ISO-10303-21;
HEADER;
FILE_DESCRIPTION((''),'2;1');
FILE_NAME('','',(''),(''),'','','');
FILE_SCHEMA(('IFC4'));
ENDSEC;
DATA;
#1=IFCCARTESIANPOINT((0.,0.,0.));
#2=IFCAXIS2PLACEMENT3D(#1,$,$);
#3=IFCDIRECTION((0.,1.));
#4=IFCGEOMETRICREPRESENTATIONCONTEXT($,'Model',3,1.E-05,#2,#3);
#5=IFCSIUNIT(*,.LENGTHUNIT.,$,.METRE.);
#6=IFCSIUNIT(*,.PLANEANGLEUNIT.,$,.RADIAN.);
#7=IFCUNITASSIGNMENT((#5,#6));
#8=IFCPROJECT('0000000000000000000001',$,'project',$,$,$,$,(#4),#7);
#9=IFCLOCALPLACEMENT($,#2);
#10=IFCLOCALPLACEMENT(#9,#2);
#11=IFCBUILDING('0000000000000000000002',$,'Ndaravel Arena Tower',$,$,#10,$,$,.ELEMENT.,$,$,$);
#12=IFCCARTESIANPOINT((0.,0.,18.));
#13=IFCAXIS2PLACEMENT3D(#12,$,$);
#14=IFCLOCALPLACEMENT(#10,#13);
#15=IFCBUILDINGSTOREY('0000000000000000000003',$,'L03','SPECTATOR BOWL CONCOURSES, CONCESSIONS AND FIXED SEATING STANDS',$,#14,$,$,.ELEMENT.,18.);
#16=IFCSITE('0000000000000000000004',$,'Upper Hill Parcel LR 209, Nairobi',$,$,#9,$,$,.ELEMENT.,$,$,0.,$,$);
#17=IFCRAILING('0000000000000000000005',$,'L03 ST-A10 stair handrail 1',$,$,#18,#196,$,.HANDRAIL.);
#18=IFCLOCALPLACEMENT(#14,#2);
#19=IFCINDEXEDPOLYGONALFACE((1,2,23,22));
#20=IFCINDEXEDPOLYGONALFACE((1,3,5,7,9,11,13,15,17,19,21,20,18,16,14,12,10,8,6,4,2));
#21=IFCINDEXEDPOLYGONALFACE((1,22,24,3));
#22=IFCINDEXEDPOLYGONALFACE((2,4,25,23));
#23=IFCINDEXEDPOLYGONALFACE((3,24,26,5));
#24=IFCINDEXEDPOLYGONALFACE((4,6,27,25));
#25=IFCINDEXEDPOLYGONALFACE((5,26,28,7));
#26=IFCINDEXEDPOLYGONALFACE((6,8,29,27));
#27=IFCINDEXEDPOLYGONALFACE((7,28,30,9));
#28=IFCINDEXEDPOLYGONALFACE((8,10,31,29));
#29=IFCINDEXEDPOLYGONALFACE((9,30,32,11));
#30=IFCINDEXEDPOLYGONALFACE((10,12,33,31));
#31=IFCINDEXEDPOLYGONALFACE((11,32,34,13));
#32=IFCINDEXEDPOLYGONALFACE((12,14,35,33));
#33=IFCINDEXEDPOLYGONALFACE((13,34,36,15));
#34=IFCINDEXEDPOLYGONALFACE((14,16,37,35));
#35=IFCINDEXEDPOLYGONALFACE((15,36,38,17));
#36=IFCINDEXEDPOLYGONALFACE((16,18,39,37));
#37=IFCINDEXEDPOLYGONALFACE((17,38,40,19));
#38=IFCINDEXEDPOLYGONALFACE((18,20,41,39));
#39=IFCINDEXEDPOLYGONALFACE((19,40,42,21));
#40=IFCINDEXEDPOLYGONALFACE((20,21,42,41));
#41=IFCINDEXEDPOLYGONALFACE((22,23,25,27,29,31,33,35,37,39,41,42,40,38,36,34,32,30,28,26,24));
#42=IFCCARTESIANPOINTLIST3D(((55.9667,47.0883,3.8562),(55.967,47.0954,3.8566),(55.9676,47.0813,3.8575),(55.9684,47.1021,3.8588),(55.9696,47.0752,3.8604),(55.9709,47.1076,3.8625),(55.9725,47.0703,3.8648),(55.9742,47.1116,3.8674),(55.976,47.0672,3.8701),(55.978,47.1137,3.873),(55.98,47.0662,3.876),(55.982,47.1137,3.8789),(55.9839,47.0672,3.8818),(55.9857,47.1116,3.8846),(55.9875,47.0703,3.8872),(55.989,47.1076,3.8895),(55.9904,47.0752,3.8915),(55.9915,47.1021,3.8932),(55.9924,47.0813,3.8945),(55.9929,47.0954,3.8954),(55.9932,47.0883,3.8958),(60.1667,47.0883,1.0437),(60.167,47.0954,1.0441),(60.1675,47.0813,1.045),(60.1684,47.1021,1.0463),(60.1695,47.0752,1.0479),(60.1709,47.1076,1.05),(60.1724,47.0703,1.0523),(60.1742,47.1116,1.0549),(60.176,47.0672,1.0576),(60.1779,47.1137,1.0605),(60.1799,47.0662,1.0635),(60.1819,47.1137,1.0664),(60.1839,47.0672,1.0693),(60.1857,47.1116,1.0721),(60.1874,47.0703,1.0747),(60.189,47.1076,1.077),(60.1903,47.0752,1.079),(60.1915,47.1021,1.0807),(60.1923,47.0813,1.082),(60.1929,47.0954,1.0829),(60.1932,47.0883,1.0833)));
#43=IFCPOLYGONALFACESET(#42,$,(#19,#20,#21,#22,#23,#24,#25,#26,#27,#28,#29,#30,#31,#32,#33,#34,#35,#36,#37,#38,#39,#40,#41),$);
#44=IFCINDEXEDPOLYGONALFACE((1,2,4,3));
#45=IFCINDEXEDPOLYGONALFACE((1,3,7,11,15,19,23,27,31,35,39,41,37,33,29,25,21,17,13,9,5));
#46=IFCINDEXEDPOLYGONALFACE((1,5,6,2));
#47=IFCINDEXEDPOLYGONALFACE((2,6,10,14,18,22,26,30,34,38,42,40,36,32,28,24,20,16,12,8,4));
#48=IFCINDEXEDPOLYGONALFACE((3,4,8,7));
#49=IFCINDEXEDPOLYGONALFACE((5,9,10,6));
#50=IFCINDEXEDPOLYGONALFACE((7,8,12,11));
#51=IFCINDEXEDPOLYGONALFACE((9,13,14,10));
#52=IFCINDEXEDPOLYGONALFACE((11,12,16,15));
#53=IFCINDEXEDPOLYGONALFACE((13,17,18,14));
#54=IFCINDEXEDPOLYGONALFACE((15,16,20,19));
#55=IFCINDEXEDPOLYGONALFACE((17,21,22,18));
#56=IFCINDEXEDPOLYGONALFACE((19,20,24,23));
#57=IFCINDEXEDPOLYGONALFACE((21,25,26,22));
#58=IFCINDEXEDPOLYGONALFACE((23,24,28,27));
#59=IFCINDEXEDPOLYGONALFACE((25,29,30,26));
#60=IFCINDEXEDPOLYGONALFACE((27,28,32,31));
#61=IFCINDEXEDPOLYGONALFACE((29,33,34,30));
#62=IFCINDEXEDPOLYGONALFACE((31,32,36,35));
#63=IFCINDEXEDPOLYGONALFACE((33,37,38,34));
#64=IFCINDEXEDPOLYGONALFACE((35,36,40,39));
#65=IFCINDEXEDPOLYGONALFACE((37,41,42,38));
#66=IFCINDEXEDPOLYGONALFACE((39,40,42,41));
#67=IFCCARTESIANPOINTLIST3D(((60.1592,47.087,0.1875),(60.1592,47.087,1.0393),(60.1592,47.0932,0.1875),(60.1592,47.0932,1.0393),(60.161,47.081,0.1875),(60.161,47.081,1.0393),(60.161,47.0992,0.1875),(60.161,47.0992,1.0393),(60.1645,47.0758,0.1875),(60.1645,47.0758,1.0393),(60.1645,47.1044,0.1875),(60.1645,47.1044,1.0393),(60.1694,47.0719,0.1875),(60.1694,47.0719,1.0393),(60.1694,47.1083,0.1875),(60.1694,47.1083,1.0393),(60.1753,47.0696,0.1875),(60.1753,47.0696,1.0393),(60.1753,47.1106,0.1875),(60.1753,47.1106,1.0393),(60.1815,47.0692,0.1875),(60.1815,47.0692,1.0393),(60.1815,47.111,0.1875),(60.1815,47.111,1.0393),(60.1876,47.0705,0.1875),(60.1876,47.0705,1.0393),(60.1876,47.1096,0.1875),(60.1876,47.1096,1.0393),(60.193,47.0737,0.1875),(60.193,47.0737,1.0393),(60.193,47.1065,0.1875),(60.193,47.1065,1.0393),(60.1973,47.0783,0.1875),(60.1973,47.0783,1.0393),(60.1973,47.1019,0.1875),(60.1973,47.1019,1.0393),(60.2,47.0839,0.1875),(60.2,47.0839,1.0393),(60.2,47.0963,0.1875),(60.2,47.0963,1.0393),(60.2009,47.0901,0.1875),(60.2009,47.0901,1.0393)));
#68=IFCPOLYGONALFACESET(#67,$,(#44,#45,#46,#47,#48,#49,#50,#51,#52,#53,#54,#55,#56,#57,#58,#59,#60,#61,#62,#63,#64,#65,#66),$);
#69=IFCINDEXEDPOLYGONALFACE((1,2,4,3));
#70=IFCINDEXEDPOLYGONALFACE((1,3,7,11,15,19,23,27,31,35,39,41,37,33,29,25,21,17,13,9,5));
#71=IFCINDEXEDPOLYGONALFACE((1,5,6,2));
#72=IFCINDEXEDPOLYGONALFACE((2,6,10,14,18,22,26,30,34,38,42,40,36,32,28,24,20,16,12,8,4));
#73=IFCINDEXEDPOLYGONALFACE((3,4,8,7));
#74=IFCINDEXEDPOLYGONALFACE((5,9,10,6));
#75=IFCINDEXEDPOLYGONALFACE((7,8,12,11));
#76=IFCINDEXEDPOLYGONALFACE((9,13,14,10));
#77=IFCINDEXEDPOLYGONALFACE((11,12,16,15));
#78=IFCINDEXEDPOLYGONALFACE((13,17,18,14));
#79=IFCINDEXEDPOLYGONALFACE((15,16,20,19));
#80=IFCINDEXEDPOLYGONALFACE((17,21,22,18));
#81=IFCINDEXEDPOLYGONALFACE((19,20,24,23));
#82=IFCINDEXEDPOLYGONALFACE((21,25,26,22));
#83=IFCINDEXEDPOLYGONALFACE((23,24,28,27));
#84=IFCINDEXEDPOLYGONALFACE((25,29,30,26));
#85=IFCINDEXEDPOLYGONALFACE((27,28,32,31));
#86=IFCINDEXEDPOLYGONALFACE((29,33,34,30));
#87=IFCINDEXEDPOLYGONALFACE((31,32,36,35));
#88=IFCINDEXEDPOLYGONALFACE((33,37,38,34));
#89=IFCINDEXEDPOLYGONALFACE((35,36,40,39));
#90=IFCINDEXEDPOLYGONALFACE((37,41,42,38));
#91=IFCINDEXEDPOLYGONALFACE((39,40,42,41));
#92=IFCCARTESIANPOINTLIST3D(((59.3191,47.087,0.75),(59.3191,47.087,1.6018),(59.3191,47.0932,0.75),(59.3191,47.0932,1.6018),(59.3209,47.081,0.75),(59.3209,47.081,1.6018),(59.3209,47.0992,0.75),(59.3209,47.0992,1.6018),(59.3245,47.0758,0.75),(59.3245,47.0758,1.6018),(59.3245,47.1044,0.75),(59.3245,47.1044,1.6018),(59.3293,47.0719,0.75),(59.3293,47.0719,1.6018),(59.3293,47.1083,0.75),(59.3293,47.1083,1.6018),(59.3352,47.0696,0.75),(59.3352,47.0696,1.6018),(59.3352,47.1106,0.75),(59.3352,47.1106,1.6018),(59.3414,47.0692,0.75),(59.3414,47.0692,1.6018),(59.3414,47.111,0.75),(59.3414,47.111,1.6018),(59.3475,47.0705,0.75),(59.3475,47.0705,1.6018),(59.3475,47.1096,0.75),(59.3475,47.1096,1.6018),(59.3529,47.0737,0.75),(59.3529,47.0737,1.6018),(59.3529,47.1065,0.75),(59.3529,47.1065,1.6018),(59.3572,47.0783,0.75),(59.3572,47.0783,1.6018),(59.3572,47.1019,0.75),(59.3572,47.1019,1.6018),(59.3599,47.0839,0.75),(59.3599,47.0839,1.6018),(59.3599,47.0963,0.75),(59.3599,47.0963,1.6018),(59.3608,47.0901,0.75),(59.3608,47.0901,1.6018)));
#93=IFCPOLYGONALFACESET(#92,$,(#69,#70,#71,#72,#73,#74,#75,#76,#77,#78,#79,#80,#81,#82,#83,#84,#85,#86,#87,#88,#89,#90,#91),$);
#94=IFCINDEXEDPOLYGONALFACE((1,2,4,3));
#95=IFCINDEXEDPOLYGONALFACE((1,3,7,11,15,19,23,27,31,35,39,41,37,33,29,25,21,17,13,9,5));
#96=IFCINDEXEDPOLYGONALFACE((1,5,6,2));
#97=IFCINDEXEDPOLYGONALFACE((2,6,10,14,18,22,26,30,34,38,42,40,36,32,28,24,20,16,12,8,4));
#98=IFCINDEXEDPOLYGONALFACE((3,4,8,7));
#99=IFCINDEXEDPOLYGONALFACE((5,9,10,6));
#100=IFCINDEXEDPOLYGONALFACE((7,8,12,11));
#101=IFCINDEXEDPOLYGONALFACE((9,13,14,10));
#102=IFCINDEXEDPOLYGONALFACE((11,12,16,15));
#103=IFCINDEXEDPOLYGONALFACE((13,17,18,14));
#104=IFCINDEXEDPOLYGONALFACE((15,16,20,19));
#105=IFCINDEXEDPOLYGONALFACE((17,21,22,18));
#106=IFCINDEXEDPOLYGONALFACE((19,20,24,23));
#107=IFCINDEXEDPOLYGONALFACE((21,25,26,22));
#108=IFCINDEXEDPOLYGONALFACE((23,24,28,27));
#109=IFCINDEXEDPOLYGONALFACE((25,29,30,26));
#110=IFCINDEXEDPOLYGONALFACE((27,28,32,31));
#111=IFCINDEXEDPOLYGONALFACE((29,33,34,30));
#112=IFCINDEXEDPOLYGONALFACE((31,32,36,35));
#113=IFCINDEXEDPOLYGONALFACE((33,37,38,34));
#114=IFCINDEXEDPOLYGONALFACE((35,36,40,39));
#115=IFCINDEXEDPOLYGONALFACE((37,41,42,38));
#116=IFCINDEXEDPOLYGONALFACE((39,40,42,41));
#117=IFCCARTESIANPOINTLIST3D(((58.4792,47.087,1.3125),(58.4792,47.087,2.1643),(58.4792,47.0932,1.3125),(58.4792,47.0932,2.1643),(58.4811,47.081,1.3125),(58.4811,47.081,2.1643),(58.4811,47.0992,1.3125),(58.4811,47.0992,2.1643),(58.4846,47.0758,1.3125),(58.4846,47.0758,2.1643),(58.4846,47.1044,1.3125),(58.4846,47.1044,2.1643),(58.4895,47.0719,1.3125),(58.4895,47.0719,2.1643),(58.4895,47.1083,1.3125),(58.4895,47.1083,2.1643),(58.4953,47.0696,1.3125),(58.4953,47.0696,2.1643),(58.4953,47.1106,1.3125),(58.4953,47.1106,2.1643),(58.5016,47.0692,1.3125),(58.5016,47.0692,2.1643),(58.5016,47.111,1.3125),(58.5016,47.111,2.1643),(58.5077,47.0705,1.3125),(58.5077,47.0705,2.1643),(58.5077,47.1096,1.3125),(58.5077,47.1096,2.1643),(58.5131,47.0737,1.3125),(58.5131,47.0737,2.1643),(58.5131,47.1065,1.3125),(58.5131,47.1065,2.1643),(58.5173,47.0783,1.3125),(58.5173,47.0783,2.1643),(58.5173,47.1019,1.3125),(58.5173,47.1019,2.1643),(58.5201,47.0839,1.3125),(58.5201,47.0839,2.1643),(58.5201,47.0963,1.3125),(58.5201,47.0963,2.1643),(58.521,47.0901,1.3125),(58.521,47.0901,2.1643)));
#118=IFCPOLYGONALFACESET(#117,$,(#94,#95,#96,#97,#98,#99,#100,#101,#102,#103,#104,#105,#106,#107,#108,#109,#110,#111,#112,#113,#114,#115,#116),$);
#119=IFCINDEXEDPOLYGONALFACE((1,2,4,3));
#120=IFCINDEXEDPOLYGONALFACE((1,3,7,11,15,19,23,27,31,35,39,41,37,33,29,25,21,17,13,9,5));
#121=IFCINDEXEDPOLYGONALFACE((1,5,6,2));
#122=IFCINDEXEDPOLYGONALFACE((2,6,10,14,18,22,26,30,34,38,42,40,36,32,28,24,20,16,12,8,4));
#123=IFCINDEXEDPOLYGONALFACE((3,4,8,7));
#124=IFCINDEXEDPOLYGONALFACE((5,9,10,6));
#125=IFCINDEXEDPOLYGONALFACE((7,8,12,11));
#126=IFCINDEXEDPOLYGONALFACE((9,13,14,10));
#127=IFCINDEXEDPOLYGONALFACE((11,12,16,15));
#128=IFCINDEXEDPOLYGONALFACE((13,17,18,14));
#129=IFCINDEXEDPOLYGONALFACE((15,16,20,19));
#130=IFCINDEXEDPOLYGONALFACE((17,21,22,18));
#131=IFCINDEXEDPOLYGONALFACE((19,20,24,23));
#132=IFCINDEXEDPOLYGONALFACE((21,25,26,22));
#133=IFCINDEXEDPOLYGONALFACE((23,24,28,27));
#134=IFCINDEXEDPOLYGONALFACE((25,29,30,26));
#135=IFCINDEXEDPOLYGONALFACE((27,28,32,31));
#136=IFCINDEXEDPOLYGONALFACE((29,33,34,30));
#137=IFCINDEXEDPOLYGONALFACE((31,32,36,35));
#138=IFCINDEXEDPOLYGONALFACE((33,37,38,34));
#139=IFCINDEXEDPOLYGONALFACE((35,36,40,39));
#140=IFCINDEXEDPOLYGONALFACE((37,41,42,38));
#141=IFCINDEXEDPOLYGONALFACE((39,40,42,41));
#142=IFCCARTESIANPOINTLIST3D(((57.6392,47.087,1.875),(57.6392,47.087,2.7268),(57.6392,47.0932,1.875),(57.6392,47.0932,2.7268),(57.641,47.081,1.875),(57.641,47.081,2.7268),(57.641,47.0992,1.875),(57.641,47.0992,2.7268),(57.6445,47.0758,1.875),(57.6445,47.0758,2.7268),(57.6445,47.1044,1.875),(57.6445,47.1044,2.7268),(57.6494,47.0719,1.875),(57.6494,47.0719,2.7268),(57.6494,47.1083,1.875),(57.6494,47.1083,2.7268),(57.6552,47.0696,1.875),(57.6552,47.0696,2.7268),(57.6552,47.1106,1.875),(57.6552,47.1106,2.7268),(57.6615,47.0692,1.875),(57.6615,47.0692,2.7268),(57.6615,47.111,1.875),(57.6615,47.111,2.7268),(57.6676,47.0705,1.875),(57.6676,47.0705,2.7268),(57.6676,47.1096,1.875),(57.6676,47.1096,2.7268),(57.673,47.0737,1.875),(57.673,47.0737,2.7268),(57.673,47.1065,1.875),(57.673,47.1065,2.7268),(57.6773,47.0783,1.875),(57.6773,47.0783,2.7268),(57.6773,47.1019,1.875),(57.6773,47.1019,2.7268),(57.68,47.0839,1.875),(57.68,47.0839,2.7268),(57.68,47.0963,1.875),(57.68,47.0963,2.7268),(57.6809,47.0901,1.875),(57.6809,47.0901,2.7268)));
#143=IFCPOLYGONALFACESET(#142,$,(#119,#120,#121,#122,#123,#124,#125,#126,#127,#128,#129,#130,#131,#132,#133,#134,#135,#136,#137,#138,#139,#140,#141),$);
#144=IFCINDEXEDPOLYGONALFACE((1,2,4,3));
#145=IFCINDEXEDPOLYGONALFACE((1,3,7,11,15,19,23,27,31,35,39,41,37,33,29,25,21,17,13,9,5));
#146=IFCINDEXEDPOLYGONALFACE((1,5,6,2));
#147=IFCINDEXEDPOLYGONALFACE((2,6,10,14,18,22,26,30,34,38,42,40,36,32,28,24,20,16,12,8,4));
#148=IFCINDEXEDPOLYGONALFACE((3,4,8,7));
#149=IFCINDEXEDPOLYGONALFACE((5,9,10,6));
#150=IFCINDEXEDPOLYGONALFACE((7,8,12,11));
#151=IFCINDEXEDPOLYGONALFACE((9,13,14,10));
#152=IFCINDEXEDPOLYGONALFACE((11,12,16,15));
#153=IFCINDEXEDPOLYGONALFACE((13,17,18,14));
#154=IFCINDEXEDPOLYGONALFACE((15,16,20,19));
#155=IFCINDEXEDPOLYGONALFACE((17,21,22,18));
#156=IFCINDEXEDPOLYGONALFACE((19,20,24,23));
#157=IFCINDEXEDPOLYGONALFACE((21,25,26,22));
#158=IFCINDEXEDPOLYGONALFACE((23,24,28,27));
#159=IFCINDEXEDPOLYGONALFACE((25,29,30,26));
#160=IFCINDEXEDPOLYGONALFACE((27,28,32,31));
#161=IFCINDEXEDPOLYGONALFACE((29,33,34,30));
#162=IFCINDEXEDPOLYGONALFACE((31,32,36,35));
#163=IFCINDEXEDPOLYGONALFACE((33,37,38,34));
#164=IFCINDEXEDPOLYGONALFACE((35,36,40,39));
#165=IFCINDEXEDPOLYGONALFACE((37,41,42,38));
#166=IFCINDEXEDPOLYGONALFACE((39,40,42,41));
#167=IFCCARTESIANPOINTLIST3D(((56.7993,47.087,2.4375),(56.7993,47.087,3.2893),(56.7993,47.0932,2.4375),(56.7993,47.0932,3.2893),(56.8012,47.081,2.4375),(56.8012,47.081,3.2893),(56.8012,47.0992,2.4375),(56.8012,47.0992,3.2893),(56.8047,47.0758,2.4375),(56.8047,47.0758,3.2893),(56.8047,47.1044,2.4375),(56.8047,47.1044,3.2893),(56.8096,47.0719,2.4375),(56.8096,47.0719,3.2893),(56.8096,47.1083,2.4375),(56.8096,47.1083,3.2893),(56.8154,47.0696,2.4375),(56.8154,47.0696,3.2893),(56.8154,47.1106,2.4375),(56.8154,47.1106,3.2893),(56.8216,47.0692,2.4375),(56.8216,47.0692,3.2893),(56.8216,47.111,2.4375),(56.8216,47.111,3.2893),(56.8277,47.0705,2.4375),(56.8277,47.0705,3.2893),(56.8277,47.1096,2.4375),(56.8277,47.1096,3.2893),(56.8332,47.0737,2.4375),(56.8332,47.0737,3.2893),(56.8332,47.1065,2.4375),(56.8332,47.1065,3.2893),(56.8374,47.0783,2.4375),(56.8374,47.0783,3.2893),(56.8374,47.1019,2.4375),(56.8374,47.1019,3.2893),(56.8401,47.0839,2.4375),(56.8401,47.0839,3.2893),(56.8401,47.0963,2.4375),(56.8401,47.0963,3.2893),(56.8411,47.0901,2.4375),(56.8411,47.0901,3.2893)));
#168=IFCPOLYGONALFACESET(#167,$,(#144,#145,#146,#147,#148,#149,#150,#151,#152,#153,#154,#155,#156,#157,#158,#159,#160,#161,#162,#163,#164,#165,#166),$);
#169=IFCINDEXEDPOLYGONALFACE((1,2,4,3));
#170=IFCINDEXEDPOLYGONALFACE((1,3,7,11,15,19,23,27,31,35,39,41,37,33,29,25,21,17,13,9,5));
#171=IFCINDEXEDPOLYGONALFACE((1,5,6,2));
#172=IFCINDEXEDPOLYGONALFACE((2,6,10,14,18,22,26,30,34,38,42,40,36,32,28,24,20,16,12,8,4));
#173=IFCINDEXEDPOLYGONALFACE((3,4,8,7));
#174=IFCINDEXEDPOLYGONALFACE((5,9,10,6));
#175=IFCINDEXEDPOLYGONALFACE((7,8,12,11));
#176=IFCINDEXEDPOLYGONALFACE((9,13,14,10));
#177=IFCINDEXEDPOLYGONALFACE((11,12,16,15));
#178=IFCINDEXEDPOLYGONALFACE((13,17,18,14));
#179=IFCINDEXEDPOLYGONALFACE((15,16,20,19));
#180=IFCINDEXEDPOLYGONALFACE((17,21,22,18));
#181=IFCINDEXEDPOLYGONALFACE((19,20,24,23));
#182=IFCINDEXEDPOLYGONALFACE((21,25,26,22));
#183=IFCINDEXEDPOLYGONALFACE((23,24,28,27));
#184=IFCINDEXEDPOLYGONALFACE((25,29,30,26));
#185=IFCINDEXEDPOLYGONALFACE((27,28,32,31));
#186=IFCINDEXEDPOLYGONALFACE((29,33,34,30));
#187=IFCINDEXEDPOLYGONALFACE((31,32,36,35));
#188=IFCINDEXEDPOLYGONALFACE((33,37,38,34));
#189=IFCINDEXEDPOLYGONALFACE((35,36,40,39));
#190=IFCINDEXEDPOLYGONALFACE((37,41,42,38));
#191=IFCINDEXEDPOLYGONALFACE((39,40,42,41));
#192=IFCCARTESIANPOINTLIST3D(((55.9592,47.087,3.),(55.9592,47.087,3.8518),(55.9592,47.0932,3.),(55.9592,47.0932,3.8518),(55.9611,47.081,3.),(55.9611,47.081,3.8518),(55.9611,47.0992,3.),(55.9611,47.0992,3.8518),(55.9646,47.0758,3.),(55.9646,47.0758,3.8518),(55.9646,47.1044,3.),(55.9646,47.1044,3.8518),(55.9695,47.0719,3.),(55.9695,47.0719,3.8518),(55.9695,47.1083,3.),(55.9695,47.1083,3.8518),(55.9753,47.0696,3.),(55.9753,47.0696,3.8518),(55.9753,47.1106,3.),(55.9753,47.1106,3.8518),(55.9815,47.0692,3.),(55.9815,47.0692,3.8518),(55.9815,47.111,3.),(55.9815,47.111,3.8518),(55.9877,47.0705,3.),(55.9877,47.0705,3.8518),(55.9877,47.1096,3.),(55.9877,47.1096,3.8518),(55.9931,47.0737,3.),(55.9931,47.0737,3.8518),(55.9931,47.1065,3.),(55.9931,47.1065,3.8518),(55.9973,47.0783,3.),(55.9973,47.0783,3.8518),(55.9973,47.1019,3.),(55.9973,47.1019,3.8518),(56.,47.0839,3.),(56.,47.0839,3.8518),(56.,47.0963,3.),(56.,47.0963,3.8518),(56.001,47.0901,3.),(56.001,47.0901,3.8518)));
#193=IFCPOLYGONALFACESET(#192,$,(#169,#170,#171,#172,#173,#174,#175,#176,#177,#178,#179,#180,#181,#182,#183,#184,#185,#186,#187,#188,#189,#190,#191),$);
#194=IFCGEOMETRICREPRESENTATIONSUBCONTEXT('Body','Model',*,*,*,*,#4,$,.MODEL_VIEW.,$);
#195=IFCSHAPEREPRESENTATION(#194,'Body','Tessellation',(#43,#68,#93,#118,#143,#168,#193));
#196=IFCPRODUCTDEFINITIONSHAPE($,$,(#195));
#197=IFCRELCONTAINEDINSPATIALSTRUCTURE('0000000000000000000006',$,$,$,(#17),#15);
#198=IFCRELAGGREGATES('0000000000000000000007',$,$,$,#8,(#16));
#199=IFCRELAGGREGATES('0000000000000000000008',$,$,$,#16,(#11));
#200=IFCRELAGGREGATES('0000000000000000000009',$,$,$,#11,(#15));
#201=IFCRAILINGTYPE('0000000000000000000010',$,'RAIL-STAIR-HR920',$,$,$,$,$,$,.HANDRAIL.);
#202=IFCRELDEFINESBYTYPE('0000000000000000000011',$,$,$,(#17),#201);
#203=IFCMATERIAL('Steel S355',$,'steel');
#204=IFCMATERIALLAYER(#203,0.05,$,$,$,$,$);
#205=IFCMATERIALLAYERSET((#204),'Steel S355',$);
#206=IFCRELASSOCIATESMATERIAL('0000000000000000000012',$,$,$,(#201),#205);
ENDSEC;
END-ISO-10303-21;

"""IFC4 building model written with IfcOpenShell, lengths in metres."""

from ifc_helpers import new_model, si_unit, direction, frame, origin, origin_2d, place, context, subcontext, project, spatial, circle, extrude, material, layer, layer_set, type_object, element, save


model = new_model("IFC4")

# Units and contexts
model_context = context("Model", 3, precision=1e-05, world=origin(), true_north=direction((0.0, 1.0)))
body_context = subcontext(model_context, "Body", "Model", "MODEL_VIEW")
ifc_project = project(units=[si_unit("LENGTHUNIT", "METRE"), si_unit("PLANEANGLEUNIT", "RADIAN")], contexts=[model_context])

# Site, building, storey
site_placement = place(None, origin())
site = spatial("IfcSite", under=ifc_project, at=site_placement, Name="Upper Hill Parcel LR 209, Nairobi", CompositionType="ELEMENT", RefElevation=0.0)
building_placement = place(site_placement, origin())
building = spatial("IfcBuilding", under=site, at=building_placement, Name="Ndaravel Arena Tower", CompositionType="ELEMENT")
storey_placement = place(building_placement, frame((0.0, 0.0, 18.0)))
storey = spatial("IfcBuildingStorey", under=building, at=storey_placement, Name="L03", Description="SPECTATOR BOWL CONCOURSES, CONCESSIONS AND FIXED SEATING STANDS", CompositionType="ELEMENT", Elevation=18.0)

# Railing
ifc_material_1 = material(Name="Steel S355", Category="steel")
ifc_layer_1 = layer(ifc_material_1, 0.05)
ifc_layer_set_1 = layer_set([ifc_layer_1], Name="Steel S355")
railing_type_1 = type_object("IfcRailingType", Name="RAIL-STAIR-HR920", PredefinedType="HANDRAIL", material=ifc_layer_set_1)
railing_1_placement = place(storey_placement, frame((60.1799, 47.0901, 0.1875)))
element("IfcRailing", 1, at=railing_1_placement, inside=storey, type_object=railing_type_1, Name="L03 ST-A10 stair handrail 1", PredefinedType="HANDRAIL", context=body_context, shape_type="SweptSolid", body=[
    extrude(circle(Radius=0.0239, at=origin_2d()), frame((0.0, 0.0, 0.876), z_axis=(-0.830904, 0.0, 0.556416), x_axis=(0.0, -1.0, 0.0)), (0.0, 0.0, 1.0), 5.0547),
    extrude(circle(Radius=0.021, at=origin_2d()), origin(), (0.0, 0.0, 1.0), 0.8518),
    extrude(circle(Radius=0.021, at=origin_2d()), frame((-0.8401, 0.0, 0.5625)), (0.0, 0.0, 1.0), 0.8518),
    extrude(circle(Radius=0.021, at=origin_2d()), frame((-1.6799, 0.0, 1.125)), (0.0, 0.0, 1.0), 0.8518),
    extrude(circle(Radius=0.021, at=origin_2d()), frame((-2.52, 0.0, 1.6875)), (0.0, 0.0, 1.0), 0.8518),
    extrude(circle(Radius=0.021, at=origin_2d()), frame((-3.3599, 0.0, 2.25)), (0.0, 0.0, 1.0), 0.8518),
    extrude(circle(Radius=0.021, at=origin_2d()), frame((-4.2, 0.0, 2.8125)), (0.0, 0.0, 1.0), 0.8518),
])

save(model, "model.ifc")
